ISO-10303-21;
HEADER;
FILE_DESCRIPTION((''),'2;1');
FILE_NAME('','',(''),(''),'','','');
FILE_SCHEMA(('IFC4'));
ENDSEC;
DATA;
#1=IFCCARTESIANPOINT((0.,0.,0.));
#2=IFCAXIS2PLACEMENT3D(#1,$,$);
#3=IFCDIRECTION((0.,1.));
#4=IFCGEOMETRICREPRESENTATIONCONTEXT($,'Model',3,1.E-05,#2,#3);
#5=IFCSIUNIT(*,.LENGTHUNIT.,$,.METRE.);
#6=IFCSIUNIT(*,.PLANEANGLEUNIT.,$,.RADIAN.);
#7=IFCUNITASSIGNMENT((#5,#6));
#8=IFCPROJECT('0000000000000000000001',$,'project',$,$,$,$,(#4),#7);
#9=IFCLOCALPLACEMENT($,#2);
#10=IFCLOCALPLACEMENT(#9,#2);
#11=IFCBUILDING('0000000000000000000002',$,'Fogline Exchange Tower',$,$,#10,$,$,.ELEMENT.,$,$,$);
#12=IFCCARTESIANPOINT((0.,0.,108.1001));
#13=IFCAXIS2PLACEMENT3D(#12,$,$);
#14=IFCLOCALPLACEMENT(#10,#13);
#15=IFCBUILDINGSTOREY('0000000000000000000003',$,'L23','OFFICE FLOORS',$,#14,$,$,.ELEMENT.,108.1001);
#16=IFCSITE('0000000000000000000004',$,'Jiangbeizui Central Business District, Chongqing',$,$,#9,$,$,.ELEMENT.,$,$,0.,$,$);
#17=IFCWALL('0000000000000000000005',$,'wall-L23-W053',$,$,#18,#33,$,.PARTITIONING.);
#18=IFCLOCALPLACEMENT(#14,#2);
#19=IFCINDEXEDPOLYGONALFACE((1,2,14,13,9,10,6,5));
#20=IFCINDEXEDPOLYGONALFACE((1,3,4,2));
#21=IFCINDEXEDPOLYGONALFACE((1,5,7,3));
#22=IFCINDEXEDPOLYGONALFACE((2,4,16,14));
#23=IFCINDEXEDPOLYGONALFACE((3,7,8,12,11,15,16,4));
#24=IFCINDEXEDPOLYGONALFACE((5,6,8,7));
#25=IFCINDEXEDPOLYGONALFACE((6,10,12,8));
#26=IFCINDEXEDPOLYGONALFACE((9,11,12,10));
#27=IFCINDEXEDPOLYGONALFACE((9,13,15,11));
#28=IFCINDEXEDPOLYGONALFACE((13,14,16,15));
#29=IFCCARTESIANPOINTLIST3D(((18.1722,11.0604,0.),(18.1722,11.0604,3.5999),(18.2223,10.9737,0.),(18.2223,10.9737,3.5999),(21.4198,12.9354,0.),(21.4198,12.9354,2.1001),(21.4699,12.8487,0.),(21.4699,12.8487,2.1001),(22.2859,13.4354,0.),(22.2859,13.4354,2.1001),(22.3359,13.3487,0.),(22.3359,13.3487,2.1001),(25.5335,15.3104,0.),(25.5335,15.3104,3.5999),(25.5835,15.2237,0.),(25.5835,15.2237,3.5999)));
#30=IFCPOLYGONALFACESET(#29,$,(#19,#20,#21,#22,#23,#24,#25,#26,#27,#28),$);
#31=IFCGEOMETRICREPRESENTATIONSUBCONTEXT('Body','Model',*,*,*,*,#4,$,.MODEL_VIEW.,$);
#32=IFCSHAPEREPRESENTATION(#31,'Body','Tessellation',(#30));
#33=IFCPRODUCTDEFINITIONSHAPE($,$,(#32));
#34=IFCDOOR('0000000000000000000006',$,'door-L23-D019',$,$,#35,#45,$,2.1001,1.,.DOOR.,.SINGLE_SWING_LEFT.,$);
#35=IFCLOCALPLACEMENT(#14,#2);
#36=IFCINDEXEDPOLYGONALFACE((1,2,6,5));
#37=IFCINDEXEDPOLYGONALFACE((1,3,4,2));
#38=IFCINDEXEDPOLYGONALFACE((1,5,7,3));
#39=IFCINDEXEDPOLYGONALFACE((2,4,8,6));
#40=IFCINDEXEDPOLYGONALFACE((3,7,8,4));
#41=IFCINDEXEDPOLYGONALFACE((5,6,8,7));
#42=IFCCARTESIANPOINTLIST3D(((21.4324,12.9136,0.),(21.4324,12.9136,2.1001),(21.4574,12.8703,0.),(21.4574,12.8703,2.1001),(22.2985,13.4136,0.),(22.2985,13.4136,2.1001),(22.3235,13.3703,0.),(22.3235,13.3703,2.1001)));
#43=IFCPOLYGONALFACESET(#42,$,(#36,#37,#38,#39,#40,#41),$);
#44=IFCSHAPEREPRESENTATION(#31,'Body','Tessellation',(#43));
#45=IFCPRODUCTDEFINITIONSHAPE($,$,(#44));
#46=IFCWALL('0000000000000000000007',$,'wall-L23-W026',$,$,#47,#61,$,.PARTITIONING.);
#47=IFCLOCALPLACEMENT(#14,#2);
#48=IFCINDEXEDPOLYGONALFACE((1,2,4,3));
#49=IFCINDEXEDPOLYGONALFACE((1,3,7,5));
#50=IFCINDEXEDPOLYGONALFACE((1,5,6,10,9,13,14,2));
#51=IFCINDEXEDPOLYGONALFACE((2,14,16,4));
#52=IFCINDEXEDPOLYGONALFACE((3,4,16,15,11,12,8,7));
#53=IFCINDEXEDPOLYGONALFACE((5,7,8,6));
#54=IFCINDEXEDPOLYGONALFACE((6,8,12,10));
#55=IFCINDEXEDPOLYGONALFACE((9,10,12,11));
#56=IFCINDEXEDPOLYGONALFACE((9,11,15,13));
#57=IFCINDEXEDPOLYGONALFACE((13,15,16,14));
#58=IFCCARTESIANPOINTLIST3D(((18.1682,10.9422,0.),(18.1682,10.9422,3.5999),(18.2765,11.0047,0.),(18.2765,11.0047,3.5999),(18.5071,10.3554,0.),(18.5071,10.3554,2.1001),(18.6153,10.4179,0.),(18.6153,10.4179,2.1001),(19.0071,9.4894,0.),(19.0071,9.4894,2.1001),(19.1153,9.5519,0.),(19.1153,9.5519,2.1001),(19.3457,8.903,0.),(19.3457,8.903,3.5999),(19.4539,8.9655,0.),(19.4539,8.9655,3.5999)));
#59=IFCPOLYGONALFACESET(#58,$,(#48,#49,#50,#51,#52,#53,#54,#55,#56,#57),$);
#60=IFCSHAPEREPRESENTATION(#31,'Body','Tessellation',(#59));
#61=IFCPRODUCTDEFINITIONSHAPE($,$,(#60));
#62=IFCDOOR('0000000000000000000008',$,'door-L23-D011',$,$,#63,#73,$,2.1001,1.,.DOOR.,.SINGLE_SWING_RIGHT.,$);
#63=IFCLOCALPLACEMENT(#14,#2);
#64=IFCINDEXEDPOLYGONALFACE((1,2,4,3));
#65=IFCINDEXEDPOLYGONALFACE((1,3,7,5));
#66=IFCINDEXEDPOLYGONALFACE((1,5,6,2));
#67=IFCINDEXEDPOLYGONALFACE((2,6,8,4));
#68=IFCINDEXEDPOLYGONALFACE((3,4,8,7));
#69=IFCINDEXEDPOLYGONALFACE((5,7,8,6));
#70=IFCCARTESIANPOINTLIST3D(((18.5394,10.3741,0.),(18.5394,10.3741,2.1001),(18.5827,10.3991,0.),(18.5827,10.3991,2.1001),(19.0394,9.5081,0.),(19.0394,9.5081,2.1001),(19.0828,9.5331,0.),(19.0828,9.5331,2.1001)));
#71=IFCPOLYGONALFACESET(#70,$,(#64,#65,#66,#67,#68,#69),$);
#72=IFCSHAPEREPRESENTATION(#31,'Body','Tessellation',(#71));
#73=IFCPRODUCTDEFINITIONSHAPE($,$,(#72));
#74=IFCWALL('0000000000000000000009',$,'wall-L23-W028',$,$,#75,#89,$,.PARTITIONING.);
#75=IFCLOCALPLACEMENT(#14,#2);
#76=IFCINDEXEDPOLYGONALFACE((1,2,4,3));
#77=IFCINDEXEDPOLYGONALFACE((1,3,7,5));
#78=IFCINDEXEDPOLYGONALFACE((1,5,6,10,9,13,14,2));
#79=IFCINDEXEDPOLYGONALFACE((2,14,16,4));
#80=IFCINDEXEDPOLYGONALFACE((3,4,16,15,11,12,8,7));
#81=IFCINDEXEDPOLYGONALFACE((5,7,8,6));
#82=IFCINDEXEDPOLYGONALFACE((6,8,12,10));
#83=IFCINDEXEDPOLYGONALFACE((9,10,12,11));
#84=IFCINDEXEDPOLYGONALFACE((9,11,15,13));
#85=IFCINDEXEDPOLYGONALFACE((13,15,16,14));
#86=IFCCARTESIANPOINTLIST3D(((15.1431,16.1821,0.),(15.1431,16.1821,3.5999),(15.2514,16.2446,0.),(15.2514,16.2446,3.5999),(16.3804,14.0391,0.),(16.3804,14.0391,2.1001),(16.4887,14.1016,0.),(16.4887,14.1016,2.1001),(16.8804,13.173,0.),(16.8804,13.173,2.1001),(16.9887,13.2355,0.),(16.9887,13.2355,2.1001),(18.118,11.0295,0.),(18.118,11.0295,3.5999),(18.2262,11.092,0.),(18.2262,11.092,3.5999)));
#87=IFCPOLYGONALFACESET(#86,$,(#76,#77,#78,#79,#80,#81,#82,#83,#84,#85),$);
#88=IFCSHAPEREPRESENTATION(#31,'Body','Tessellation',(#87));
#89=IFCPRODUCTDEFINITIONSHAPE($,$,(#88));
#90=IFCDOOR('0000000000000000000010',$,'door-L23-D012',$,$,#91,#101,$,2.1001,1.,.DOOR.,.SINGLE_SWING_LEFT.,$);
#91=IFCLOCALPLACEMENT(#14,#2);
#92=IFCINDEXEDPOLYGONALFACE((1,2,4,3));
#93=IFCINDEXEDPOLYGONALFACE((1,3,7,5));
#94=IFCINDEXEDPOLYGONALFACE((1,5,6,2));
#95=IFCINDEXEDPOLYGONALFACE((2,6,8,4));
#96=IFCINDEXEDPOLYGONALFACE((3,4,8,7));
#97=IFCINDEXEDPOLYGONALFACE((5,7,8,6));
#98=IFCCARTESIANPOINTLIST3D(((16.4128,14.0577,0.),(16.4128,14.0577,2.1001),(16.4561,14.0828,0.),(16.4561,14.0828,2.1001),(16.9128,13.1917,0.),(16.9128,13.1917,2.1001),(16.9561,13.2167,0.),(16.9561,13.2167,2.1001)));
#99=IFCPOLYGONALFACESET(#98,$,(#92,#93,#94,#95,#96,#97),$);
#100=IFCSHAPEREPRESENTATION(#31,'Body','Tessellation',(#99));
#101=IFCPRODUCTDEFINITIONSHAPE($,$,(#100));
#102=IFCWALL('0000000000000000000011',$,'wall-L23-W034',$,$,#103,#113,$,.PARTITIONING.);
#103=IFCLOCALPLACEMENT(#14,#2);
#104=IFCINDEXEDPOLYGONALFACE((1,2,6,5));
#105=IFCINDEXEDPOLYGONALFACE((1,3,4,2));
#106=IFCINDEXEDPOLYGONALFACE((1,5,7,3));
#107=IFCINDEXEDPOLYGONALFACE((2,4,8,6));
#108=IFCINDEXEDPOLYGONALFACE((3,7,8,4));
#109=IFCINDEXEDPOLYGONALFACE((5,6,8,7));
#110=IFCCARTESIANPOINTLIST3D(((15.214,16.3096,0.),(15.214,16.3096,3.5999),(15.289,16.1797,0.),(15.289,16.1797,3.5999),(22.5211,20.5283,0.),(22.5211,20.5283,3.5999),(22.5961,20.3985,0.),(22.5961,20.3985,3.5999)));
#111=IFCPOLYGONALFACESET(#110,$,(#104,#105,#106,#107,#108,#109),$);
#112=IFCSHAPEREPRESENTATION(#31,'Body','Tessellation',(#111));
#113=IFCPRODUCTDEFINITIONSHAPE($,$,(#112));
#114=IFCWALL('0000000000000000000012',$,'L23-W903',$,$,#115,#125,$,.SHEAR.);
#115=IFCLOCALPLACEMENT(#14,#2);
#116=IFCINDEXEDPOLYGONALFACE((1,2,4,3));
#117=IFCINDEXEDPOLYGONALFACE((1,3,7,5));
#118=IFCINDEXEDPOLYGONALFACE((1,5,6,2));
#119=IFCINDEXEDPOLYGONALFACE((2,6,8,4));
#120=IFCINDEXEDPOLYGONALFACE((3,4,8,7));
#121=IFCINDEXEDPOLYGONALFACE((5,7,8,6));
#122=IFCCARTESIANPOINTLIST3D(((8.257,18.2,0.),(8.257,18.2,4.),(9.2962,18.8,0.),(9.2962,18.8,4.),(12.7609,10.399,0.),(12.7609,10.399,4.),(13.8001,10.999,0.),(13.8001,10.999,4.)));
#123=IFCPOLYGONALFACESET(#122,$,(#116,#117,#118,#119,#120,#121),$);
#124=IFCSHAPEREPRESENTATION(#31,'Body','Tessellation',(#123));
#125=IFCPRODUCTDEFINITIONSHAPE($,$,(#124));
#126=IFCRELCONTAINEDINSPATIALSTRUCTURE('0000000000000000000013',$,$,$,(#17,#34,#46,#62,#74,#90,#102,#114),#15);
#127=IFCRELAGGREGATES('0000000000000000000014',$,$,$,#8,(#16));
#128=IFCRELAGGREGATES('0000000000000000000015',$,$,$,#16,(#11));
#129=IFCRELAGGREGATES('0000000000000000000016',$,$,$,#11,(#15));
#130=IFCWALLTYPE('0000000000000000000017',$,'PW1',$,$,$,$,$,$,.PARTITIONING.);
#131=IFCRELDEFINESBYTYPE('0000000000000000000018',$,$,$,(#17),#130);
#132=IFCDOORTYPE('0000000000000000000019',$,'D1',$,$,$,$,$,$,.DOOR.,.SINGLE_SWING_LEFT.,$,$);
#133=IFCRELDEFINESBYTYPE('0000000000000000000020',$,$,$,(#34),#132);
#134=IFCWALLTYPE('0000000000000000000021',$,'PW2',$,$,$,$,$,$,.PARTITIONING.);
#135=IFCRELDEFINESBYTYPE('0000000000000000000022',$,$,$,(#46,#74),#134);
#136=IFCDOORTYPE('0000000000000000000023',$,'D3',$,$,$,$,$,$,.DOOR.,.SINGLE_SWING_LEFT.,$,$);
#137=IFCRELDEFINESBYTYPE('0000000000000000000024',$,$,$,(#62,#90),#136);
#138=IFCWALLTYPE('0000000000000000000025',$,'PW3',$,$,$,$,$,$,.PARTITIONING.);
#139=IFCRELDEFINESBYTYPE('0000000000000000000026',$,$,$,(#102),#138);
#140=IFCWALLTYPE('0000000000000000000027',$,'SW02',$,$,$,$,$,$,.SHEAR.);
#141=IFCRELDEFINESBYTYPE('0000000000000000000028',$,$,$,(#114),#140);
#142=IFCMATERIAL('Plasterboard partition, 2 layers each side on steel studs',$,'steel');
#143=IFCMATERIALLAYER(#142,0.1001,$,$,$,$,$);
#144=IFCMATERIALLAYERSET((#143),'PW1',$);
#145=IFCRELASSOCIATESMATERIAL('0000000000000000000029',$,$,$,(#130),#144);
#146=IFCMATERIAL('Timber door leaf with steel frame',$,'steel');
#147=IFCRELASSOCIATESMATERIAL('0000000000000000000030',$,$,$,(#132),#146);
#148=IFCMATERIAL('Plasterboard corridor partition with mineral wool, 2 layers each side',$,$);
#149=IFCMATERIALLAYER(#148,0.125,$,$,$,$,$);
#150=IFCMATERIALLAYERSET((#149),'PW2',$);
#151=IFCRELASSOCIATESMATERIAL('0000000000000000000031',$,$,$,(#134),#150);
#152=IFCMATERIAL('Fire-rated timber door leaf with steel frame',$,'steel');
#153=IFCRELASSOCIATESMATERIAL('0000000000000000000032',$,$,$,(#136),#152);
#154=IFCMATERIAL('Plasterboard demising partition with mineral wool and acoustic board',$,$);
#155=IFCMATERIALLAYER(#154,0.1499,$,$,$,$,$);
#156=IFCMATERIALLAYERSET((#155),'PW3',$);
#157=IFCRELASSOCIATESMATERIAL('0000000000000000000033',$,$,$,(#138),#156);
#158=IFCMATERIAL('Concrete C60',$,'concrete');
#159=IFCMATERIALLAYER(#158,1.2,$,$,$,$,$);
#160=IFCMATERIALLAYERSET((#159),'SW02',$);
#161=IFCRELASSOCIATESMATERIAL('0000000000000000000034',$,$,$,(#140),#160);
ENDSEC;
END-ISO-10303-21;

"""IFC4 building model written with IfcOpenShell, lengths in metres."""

from ifc_helpers import new_model, si_unit, direction, frame, frame_2d, origin, place, context, subcontext, project, spatial, rectangle, extrude, material, layer, layer_set, type_object, element, fill, save


model = new_model("IFC4")

# Units and contexts
model_context = context("Model", 3, precision=1e-05, world=origin(), true_north=direction((0.0, 1.0)))
body_context = subcontext(model_context, "Body", "Model", "MODEL_VIEW")
ifc_project = project(units=[si_unit("LENGTHUNIT", "METRE"), si_unit("PLANEANGLEUNIT", "RADIAN")], contexts=[model_context])

# Site, building, storey
site_placement = place(None, origin())
site = spatial("IfcSite", under=ifc_project, at=site_placement, Name="Jiangbeizui Central Business District, Chongqing", CompositionType="ELEMENT", RefElevation=0.0)
building_placement = place(site_placement, origin())
building = spatial("IfcBuilding", under=site, at=building_placement, Name="Fogline Exchange Tower", CompositionType="ELEMENT")
storey_placement = place(building_placement, frame((0.0, 0.0, 108.1001)))
storey = spatial("IfcBuildingStorey", under=building, at=storey_placement, Name="L23", Description="OFFICE FLOORS", CompositionType="ELEMENT", Elevation=108.1001)

# Walls, openings, doors
ifc_material_1 = material(Name="Plasterboard partition, 2 layers each side on steel studs", Category="steel")
ifc_layer_1 = layer(ifc_material_1, 0.1001)
ifc_layer_set_1 = layer_set([ifc_layer_1], Name="PW1")
wall_type_1 = type_object("IfcWallType", Name="PW1", PredefinedType="PARTITIONING", material=ifc_layer_set_1)
ifc_material_2 = material(Name="Timber door leaf with steel frame", Category="steel")
door_type_1 = type_object("IfcDoorType", Name="D1", OperationType="SINGLE_SWING_LEFT", PredefinedType="DOOR", material=ifc_material_2)
wall_1_placement = place(storey_placement, frame((18.1973, 11.0171, 0.0), z_axis=(0.0, 0.0, 1.0), x_axis=(0.866029, 0.499994, 0.0)))
wall_1 = element("IfcWall", 1, at=wall_1_placement, inside=storey, type_object=wall_type_1, Name="wall-L23-W053", PredefinedType="PARTITIONING", context=body_context, shape_type="SweptSolid", body=[
    extrude(rectangle(XDim=8.5, YDim=0.1001, at=frame_2d((4.25, 0.0))), origin(), (0.0, 0.0, 1.0), 3.5999),
])
opening_1_placement = place(wall_1_placement, frame((3.75, 0.0, 0.0)))
opening_1 = element("IfcOpeningElement", 2, at=opening_1_placement, cuts=wall_1, PredefinedType="OPENING", context=body_context, shape_type="SweptSolid", body=[
    extrude(rectangle(XDim=1.0, YDim=2.1001, at=frame_2d((0.5, 1.05))), frame((0.0, 0.0601, 0.0), z_axis=(0.0, -1.0, 0.0), x_axis=(1.0, 0.0, 0.0)), (0.0, 0.0, 1.0), 0.1201),
])
door_1_placement = place(opening_1_placement, origin())
door_1 = element("IfcDoor", 3, at=door_1_placement, inside=storey, type_object=door_type_1, Name="door-L23-D019", OperationType="SINGLE_SWING_LEFT", OverallHeight=2.1001, OverallWidth=1.0, PredefinedType="DOOR", context=body_context, shape_type="SweptSolid", body=[
    extrude(rectangle(XDim=1.0, YDim=2.1001, at=frame_2d((0.5, 1.05))), frame((0.0, 0.0249, 0.0), z_axis=(0.0, -1.0, 0.0), x_axis=(1.0, 0.0, 0.0)), (0.0, 0.0, 1.0), 0.05),
])
fill(opening_1, door_1)
ifc_material_3 = material(Name="Plasterboard corridor partition with mineral wool, 2 layers each side")
ifc_layer_2 = layer(ifc_material_3, 0.125)
ifc_layer_set_2 = layer_set([ifc_layer_2], Name="PW2")
wall_type_2 = type_object("IfcWallType", Name="PW2", PredefinedType="PARTITIONING", material=ifc_layer_set_2)
wall_2_placement = place(storey_placement, frame((18.2224, 10.9734, 0.0), z_axis=(0.0, 0.0, 1.0), x_axis=(0.500031, -0.866008, 0.0)))
wall_2 = element("IfcWall", 4, at=wall_2_placement, inside=storey, type_object=wall_type_2, Name="wall-L23-W026", PredefinedType="PARTITIONING", context=body_context, shape_type="SweptSolid", body=[
    extrude(rectangle(XDim=2.3547, YDim=0.125, at=frame_2d((1.1772, 0.0))), origin(), (0.0, 0.0, 1.0), 3.5999),
])
opening_2_placement = place(wall_2_placement, frame((0.6775, 0.0, 0.0)))
opening_2 = element("IfcOpeningElement", 5, at=opening_2_placement, cuts=wall_2, PredefinedType="OPENING", context=body_context, shape_type="SweptSolid", body=[
    extrude(rectangle(XDim=1.0, YDim=2.1001, at=frame_2d((0.5, 1.05))), frame((0.0, 0.0725, 0.0), z_axis=(0.0, -1.0, 0.0), x_axis=(1.0, 0.0, 0.0)), (0.0, 0.0, 1.0), 0.145),
])
ifc_material_4 = material(Name="Fire-rated timber door leaf with steel frame", Category="steel")
door_type_2 = type_object("IfcDoorType", Name="D3", OperationType="SINGLE_SWING_LEFT", PredefinedType="DOOR", material=ifc_material_4)
door_2_placement = place(opening_2_placement, origin())
door_2 = element("IfcDoor", 6, at=door_2_placement, inside=storey, type_object=door_type_2, Name="door-L23-D011", OperationType="SINGLE_SWING_RIGHT", OverallHeight=2.1001, OverallWidth=1.0, PredefinedType="DOOR", context=body_context, shape_type="SweptSolid", body=[
    extrude(rectangle(XDim=1.0, YDim=2.1001, at=frame_2d((0.5, 1.05))), frame((0.0, 0.0249, 0.0), z_axis=(0.0, -1.0, 0.0), x_axis=(1.0, 0.0, 0.0)), (0.0, 0.0, 1.0), 0.05),
])
fill(opening_2, door_2)
wall_3_placement = place(storey_placement, frame((15.1973, 16.2134, 0.0), z_axis=(0.0, 0.0, 1.0), x_axis=(0.500001, -0.866025, 0.0)))
wall_3 = element("IfcWall", 7, at=wall_3_placement, inside=storey, type_object=wall_type_2, Name="wall-L23-W028", PredefinedType="PARTITIONING", context=body_context, shape_type="SweptSolid", body=[
    extrude(rectangle(XDim=5.9497, YDim=0.125, at=frame_2d((2.9749, 0.0))), origin(), (0.0, 0.0, 1.0), 3.5999),
])
opening_3_placement = place(wall_3_placement, frame((2.4746, 0.0, 0.0)))
opening_3 = element("IfcOpeningElement", 8, at=opening_3_placement, cuts=wall_3, PredefinedType="OPENING", context=body_context, shape_type="SweptSolid", body=[
    extrude(rectangle(XDim=1.0, YDim=2.1001, at=frame_2d((0.5, 1.05))), frame((0.0, 0.0725, 0.0), z_axis=(0.0, -1.0, 0.0), x_axis=(1.0, 0.0, 0.0)), (0.0, 0.0, 1.0), 0.145),
])
door_3_placement = place(opening_3_placement, origin())
door_3 = element("IfcDoor", 9, at=door_3_placement, inside=storey, type_object=door_type_2, Name="door-L23-D012", OperationType="SINGLE_SWING_LEFT", OverallHeight=2.1001, OverallWidth=1.0, PredefinedType="DOOR", context=body_context, shape_type="SweptSolid", body=[
    extrude(rectangle(XDim=1.0, YDim=2.1001, at=frame_2d((0.5, 1.05))), frame((0.0, 0.0249, 0.0), z_axis=(0.0, -1.0, 0.0), x_axis=(1.0, 0.0, 0.0)), (0.0, 0.0, 1.0), 0.05),
])
fill(opening_3, door_3)

# Walls
ifc_material_5 = material(Name="Plasterboard demising partition with mineral wool and acoustic board")
ifc_layer_3 = layer(ifc_material_5, 0.1499)
ifc_layer_set_3 = layer_set([ifc_layer_3], Name="PW3")
wall_type_3 = type_object("IfcWallType", Name="PW3", PredefinedType="PARTITIONING", material=ifc_layer_set_3)
wall_4_placement = place(storey_placement, frame((22.5586, 20.4634, 0.0), z_axis=(0.0, 0.0, 1.0), x_axis=(-0.866027, -0.499998, 0.0)))
element("IfcWall", 10, at=wall_4_placement, inside=storey, type_object=wall_type_3, Name="wall-L23-W034", PredefinedType="PARTITIONING", context=body_context, shape_type="SweptSolid", body=[
    extrude(rectangle(XDim=8.4375, YDim=0.1499, at=frame_2d((4.2188, 0.0))), origin(), (0.0, 0.0, 1.0), 3.5999),
])
ifc_material_6 = material(Name="Concrete C60", Category="concrete")
ifc_layer_4 = layer(ifc_material_6, 1.2)
ifc_layer_set_4 = layer_set([ifc_layer_4], Name="SW02")
wall_type_4 = type_object("IfcWallType", Name="SW02", PredefinedType="SHEAR", material=ifc_layer_set_4)
wall_5_placement = place(storey_placement, frame((13.2805, 10.699, 0.0), z_axis=(0.0, 0.0, 1.0), x_axis=(-0.499999, 0.866026, 0.0)))
element("IfcWall", 11, at=wall_5_placement, inside=storey, type_object=wall_type_4, Name="L23-W903", PredefinedType="SHEAR", context=body_context, shape_type="SweptSolid", body=[
    extrude(rectangle(XDim=9.0078, YDim=1.2, at=frame_2d((4.5039, 0.0))), origin(), (0.0, 0.0, 1.0), 4.0),
])

save(model, "model.ifc")
